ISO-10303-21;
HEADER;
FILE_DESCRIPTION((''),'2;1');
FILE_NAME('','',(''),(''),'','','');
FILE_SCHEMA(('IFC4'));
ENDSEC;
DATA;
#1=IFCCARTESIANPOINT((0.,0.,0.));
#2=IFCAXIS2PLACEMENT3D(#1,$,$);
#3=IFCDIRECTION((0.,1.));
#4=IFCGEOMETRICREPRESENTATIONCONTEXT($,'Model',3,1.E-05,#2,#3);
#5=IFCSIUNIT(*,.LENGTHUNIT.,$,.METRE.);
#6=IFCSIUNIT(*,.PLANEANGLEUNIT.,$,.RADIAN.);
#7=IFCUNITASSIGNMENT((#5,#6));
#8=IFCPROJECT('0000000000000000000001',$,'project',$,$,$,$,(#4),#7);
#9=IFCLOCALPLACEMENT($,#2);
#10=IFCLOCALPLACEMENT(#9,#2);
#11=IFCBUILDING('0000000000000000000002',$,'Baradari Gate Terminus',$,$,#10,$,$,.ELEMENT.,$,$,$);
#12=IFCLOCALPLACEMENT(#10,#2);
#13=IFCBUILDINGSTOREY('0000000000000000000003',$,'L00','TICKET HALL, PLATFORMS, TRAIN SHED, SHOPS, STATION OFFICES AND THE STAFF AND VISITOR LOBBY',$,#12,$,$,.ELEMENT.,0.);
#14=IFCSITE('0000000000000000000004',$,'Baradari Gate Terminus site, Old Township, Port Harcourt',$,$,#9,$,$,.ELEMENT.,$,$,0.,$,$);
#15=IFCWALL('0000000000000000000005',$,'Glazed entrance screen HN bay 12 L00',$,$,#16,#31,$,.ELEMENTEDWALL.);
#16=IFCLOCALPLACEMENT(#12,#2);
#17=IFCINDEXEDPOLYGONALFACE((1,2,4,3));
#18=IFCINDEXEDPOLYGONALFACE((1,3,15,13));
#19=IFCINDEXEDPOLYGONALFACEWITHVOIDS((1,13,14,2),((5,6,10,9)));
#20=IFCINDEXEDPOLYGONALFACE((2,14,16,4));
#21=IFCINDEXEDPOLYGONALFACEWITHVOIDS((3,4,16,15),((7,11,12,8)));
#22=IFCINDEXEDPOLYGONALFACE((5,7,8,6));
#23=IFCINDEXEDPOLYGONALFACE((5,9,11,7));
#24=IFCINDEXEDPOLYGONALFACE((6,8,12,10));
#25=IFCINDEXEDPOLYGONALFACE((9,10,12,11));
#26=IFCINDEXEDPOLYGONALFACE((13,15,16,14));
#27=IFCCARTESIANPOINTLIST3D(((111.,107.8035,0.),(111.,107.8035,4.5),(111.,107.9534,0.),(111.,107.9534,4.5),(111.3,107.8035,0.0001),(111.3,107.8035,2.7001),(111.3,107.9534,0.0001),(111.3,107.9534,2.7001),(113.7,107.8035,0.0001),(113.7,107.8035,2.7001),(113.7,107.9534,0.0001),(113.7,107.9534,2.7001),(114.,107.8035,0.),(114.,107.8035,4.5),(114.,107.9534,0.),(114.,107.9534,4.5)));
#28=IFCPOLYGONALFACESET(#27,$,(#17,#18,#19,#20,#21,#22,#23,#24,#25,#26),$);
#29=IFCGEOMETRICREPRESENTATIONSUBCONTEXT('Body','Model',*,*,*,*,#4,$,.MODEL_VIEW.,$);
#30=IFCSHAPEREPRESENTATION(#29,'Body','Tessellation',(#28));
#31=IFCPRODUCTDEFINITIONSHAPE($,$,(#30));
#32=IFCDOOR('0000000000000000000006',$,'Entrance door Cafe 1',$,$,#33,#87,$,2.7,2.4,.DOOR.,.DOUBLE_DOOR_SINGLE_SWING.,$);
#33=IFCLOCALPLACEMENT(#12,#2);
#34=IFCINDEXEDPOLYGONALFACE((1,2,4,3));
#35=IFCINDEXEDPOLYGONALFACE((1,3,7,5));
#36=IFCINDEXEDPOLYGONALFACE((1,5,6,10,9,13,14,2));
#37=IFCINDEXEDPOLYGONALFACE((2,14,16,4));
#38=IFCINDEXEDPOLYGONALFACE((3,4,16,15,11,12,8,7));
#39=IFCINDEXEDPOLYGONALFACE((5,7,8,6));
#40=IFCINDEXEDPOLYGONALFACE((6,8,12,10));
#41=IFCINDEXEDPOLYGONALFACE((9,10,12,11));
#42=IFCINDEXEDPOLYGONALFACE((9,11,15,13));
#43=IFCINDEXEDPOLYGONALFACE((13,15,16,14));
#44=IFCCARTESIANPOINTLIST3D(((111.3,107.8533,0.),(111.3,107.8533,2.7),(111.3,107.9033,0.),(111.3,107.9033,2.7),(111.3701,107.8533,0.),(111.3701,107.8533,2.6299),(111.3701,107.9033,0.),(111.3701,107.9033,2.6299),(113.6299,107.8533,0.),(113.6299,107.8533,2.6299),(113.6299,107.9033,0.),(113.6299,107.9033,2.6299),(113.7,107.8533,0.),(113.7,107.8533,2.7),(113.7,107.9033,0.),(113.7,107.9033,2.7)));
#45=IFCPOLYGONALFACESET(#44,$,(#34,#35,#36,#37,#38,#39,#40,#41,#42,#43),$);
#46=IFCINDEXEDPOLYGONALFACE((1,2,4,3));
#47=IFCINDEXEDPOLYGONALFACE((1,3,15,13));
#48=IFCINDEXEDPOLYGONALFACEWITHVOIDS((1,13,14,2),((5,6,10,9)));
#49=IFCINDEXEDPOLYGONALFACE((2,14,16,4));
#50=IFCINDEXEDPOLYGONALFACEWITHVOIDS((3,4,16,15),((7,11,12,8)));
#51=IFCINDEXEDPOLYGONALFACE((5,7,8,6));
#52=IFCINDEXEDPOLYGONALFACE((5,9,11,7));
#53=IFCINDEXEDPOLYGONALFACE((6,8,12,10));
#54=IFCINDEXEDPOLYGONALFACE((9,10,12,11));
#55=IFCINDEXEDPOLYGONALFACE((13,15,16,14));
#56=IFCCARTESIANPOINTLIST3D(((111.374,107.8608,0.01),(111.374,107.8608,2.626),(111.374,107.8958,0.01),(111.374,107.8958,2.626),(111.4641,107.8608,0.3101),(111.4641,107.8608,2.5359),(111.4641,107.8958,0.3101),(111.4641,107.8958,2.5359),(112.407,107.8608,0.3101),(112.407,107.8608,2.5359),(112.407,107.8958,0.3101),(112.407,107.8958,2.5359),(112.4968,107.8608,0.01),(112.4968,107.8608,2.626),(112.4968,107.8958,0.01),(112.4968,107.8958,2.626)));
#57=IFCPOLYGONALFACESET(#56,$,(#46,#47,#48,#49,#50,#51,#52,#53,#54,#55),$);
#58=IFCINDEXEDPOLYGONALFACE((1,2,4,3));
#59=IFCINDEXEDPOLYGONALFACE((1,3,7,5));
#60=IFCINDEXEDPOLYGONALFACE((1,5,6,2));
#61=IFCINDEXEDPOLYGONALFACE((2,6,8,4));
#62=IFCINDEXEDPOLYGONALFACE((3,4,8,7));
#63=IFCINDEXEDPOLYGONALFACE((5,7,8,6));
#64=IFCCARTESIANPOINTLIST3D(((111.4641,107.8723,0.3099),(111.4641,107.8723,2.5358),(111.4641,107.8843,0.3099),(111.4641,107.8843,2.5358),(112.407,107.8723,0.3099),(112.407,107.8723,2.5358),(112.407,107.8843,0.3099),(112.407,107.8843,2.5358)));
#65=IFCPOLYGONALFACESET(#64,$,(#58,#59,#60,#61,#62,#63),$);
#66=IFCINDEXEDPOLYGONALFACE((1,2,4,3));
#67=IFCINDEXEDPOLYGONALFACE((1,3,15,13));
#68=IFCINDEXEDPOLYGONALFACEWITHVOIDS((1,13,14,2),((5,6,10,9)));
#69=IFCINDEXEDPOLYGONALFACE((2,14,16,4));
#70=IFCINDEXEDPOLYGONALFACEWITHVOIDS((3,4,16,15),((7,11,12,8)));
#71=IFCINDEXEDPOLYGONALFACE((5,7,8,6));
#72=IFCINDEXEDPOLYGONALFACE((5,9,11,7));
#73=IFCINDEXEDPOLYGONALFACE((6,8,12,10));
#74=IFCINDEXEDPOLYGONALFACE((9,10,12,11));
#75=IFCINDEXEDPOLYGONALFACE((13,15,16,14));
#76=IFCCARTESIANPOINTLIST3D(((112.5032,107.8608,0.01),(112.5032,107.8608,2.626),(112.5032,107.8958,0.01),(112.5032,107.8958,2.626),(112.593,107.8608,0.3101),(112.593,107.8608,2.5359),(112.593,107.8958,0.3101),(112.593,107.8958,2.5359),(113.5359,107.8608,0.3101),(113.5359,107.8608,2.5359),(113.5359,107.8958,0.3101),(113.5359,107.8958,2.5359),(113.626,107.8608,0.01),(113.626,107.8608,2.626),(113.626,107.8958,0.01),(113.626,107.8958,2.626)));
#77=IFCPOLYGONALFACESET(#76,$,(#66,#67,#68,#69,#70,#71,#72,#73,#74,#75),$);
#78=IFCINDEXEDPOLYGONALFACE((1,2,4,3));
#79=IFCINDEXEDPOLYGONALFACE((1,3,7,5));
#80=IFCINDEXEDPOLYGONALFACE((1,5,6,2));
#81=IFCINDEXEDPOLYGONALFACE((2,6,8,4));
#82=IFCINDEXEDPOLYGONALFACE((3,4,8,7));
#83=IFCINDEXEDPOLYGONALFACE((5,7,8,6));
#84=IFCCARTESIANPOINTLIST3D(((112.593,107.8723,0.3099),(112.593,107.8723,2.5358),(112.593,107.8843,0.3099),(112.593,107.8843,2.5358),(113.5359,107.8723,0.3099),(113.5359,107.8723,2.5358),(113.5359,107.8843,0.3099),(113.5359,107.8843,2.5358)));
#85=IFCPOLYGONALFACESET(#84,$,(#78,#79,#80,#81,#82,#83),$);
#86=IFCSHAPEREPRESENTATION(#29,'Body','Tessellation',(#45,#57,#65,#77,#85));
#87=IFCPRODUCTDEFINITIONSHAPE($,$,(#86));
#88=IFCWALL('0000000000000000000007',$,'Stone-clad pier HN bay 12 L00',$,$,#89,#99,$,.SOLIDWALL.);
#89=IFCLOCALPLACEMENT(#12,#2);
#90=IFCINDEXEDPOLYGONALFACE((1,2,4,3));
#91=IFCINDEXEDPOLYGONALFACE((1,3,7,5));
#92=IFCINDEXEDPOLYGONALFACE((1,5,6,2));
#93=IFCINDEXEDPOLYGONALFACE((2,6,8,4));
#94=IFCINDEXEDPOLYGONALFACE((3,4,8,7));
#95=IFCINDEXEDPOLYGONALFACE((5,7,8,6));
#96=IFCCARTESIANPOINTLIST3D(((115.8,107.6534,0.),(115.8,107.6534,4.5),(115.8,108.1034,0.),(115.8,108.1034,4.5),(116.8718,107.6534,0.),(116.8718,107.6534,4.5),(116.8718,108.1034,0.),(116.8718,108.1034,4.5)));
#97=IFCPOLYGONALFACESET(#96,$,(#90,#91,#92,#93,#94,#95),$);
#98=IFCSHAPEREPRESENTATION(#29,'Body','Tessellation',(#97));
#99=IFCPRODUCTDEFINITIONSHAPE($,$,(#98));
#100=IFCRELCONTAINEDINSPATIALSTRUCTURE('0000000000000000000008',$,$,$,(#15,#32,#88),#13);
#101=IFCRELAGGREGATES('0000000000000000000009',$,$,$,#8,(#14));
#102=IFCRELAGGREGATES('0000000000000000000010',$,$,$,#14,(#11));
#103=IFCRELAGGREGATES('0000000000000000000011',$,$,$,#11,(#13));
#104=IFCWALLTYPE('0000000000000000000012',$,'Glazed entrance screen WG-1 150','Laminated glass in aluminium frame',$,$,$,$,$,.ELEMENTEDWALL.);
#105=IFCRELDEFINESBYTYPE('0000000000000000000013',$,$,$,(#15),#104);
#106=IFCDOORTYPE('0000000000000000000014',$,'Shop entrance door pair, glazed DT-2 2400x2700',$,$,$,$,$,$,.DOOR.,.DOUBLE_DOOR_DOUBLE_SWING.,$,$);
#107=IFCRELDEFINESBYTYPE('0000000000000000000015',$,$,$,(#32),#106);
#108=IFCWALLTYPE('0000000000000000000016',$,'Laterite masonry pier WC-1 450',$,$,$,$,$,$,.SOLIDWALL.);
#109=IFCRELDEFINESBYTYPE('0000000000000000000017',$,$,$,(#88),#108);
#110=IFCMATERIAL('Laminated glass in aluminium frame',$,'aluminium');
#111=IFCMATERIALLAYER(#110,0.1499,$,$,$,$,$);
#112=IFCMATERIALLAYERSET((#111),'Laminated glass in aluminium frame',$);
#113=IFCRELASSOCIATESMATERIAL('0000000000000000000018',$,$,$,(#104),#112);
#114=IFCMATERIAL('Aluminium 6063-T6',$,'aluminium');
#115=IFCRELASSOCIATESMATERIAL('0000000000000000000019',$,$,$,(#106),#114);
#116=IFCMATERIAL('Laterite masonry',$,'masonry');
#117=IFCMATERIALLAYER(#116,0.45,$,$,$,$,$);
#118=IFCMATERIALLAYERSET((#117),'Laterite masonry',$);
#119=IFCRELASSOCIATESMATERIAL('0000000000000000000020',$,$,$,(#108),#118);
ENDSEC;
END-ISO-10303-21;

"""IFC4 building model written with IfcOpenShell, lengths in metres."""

from ifc_helpers import new_model, si_unit, direction, frame, frame_2d, origin, place, context, subcontext, project, spatial, polyline, rectangle, outline, extrude, material, layer, layer_set, type_object, element, fill, save


model = new_model("IFC4")

# Units and contexts
model_context = context("Model", 3, precision=1e-05, world=origin(), true_north=direction((0.0, 1.0)))
body_context = subcontext(model_context, "Body", "Model", "MODEL_VIEW")
ifc_project = project(units=[si_unit("LENGTHUNIT", "METRE"), si_unit("PLANEANGLEUNIT", "RADIAN")], contexts=[model_context])

# Site, building, storey
site_placement = place(None, origin())
site = spatial("IfcSite", under=ifc_project, at=site_placement, Name="Baradari Gate Terminus site, Old Township, Port Harcourt", CompositionType="ELEMENT", RefElevation=0.0)
building_placement = place(site_placement, origin())
building = spatial("IfcBuilding", under=site, at=building_placement, Name="Baradari Gate Terminus", CompositionType="ELEMENT")
storey_placement = place(building_placement, origin())
storey = spatial("IfcBuildingStorey", under=building, at=storey_placement, Name="L00", Description="TICKET HALL, PLATFORMS, TRAIN SHED, SHOPS, STATION OFFICES AND THE STAFF AND VISITOR LOBBY", CompositionType="ELEMENT", Elevation=0.0)

# Wall, opening, door
ifc_material_1 = material(Name="Laminated glass in aluminium frame", Category="aluminium")
ifc_layer_1 = layer(ifc_material_1, 0.1499)
ifc_layer_set_1 = layer_set([ifc_layer_1], Name="Laminated glass in aluminium frame")
wall_type_1 = type_object("IfcWallType", Name="Glazed entrance screen WG-1 150", Description="Laminated glass in aluminium frame", PredefinedType="ELEMENTEDWALL", material=ifc_layer_set_1)
wall_1_placement = place(storey_placement, frame((111.0, 107.8784, 0.0), z_axis=(0.0, 0.0, 1.0), x_axis=(1.0, 0.0, 0.0)))
wall_1 = element("IfcWall", 1, at=wall_1_placement, inside=storey, type_object=wall_type_1, Name="Glazed entrance screen HN bay 12 L00", PredefinedType="ELEMENTEDWALL", context=body_context, shape_type="SweptSolid", body=[
    extrude(rectangle(XDim=3.0, YDim=0.1499, at=frame_2d((1.5, 0.0))), origin(), (0.0, 0.0, 1.0), 4.5),
])
opening_1_placement = place(wall_1_placement, frame((0.3, 0.0, 0.0)))
opening_1 = element("IfcOpeningElement", 2, at=opening_1_placement, cuts=wall_1, PredefinedType="OPENING", context=body_context, shape_type="SweptSolid", body=[
    extrude(rectangle(XDim=2.3999, YDim=2.7, at=frame_2d((1.2, 1.3501))), frame((0.0, 0.085, 0.0), z_axis=(0.0, -1.0, 0.0), x_axis=(1.0, 0.0, 0.0)), (0.0, 0.0, 1.0), 0.1699),
])
ifc_material_2 = material(Name="Aluminium 6063-T6", Category="aluminium")
door_type_1 = type_object("IfcDoorType", Name="Shop entrance door pair, glazed DT-2 2400x2700", OperationType="DOUBLE_DOOR_DOUBLE_SWING", PredefinedType="DOOR", material=ifc_material_2)
door_1_placement = place(opening_1_placement, origin())
door_1 = element("IfcDoor", 3, at=door_1_placement, inside=storey, type_object=door_type_1, Name="Entrance door Cafe 1", OperationType="DOUBLE_DOOR_SINGLE_SWING", OverallHeight=2.7, OverallWidth=2.4, PredefinedType="DOOR", context=body_context, shape_type="SweptSolid", body=[
    extrude(outline(polyline([(0.0, 0.0), (0.0701, 0.0), (0.0701, 2.6299), (2.3298, 2.6299), (2.3298, 0.0), (2.3999, 0.0), (2.3999, 2.7), (0.0, 2.7), (0.0, 0.0)])), frame((0.0, 0.0249, 0.0), z_axis=(0.0, -1.0, 0.0), x_axis=(1.0, 0.0, 0.0)), (0.0, 0.0, 1.0), 0.05),
    extrude(outline(polyline([(0.074, 0.01), (1.1968, 0.01), (1.1968, 2.626), (0.074, 2.626), (0.074, 0.01)]), holes=[polyline([(0.1641, 0.3101), (1.1069, 0.3101), (1.1069, 2.5359), (0.1641, 2.5359), (0.1641, 0.3101)])]), frame((0.0, 0.0173, 0.0), z_axis=(0.0, -1.0, 0.0), x_axis=(1.0, 0.0, 0.0)), (0.0, 0.0, 1.0), 0.0349),
    extrude(rectangle(XDim=0.9429, YDim=2.2258, at=frame_2d((0.6355, 1.4229))), frame((0.0, 0.0059, 0.0), z_axis=(0.0, -1.0, 0.0), x_axis=(1.0, 0.0, 0.0)), (0.0, 0.0, 1.0), 0.012),
    extrude(outline(polyline([(1.2031, 0.01), (2.3259, 0.01), (2.3259, 2.626), (1.2031, 2.626), (1.2031, 0.01)]), holes=[polyline([(1.293, 0.3101), (2.2358, 0.3101), (2.2358, 2.5359), (1.293, 2.5359), (1.293, 0.3101)])]), frame((0.0, 0.0173, 0.0), z_axis=(0.0, -1.0, 0.0), x_axis=(1.0, 0.0, 0.0)), (0.0, 0.0, 1.0), 0.0349),
    extrude(rectangle(XDim=0.9429, YDim=2.2258, at=frame_2d((1.7644, 1.4229))), frame((0.0, 0.0059, 0.0), z_axis=(0.0, -1.0, 0.0), x_axis=(1.0, 0.0, 0.0)), (0.0, 0.0, 1.0), 0.012),
])
fill(opening_1, door_1)

# Wall
ifc_material_3 = material(Name="Laterite masonry", Category="masonry")
ifc_layer_2 = layer(ifc_material_3, 0.45)
ifc_layer_set_2 = layer_set([ifc_layer_2], Name="Laterite masonry")
wall_type_2 = type_object("IfcWallType", Name="Laterite masonry pier WC-1 450", PredefinedType="SOLIDWALL", material=ifc_layer_set_2)
wall_2_placement = place(storey_placement, frame((115.8, 107.8784, 0.0), z_axis=(0.0, 0.0, 1.0), x_axis=(1.0, 0.0, 0.0)))
element("IfcWall", 4, at=wall_2_placement, inside=storey, type_object=wall_type_2, Name="Stone-clad pier HN bay 12 L00", PredefinedType="SOLIDWALL", context=body_context, shape_type="SweptSolid", body=[
    extrude(rectangle(XDim=1.0718, YDim=0.45, at=frame_2d((0.5359, 0.0))), origin(), (0.0, 0.0, 1.0), 4.5),
])

save(model, "model.ifc")
